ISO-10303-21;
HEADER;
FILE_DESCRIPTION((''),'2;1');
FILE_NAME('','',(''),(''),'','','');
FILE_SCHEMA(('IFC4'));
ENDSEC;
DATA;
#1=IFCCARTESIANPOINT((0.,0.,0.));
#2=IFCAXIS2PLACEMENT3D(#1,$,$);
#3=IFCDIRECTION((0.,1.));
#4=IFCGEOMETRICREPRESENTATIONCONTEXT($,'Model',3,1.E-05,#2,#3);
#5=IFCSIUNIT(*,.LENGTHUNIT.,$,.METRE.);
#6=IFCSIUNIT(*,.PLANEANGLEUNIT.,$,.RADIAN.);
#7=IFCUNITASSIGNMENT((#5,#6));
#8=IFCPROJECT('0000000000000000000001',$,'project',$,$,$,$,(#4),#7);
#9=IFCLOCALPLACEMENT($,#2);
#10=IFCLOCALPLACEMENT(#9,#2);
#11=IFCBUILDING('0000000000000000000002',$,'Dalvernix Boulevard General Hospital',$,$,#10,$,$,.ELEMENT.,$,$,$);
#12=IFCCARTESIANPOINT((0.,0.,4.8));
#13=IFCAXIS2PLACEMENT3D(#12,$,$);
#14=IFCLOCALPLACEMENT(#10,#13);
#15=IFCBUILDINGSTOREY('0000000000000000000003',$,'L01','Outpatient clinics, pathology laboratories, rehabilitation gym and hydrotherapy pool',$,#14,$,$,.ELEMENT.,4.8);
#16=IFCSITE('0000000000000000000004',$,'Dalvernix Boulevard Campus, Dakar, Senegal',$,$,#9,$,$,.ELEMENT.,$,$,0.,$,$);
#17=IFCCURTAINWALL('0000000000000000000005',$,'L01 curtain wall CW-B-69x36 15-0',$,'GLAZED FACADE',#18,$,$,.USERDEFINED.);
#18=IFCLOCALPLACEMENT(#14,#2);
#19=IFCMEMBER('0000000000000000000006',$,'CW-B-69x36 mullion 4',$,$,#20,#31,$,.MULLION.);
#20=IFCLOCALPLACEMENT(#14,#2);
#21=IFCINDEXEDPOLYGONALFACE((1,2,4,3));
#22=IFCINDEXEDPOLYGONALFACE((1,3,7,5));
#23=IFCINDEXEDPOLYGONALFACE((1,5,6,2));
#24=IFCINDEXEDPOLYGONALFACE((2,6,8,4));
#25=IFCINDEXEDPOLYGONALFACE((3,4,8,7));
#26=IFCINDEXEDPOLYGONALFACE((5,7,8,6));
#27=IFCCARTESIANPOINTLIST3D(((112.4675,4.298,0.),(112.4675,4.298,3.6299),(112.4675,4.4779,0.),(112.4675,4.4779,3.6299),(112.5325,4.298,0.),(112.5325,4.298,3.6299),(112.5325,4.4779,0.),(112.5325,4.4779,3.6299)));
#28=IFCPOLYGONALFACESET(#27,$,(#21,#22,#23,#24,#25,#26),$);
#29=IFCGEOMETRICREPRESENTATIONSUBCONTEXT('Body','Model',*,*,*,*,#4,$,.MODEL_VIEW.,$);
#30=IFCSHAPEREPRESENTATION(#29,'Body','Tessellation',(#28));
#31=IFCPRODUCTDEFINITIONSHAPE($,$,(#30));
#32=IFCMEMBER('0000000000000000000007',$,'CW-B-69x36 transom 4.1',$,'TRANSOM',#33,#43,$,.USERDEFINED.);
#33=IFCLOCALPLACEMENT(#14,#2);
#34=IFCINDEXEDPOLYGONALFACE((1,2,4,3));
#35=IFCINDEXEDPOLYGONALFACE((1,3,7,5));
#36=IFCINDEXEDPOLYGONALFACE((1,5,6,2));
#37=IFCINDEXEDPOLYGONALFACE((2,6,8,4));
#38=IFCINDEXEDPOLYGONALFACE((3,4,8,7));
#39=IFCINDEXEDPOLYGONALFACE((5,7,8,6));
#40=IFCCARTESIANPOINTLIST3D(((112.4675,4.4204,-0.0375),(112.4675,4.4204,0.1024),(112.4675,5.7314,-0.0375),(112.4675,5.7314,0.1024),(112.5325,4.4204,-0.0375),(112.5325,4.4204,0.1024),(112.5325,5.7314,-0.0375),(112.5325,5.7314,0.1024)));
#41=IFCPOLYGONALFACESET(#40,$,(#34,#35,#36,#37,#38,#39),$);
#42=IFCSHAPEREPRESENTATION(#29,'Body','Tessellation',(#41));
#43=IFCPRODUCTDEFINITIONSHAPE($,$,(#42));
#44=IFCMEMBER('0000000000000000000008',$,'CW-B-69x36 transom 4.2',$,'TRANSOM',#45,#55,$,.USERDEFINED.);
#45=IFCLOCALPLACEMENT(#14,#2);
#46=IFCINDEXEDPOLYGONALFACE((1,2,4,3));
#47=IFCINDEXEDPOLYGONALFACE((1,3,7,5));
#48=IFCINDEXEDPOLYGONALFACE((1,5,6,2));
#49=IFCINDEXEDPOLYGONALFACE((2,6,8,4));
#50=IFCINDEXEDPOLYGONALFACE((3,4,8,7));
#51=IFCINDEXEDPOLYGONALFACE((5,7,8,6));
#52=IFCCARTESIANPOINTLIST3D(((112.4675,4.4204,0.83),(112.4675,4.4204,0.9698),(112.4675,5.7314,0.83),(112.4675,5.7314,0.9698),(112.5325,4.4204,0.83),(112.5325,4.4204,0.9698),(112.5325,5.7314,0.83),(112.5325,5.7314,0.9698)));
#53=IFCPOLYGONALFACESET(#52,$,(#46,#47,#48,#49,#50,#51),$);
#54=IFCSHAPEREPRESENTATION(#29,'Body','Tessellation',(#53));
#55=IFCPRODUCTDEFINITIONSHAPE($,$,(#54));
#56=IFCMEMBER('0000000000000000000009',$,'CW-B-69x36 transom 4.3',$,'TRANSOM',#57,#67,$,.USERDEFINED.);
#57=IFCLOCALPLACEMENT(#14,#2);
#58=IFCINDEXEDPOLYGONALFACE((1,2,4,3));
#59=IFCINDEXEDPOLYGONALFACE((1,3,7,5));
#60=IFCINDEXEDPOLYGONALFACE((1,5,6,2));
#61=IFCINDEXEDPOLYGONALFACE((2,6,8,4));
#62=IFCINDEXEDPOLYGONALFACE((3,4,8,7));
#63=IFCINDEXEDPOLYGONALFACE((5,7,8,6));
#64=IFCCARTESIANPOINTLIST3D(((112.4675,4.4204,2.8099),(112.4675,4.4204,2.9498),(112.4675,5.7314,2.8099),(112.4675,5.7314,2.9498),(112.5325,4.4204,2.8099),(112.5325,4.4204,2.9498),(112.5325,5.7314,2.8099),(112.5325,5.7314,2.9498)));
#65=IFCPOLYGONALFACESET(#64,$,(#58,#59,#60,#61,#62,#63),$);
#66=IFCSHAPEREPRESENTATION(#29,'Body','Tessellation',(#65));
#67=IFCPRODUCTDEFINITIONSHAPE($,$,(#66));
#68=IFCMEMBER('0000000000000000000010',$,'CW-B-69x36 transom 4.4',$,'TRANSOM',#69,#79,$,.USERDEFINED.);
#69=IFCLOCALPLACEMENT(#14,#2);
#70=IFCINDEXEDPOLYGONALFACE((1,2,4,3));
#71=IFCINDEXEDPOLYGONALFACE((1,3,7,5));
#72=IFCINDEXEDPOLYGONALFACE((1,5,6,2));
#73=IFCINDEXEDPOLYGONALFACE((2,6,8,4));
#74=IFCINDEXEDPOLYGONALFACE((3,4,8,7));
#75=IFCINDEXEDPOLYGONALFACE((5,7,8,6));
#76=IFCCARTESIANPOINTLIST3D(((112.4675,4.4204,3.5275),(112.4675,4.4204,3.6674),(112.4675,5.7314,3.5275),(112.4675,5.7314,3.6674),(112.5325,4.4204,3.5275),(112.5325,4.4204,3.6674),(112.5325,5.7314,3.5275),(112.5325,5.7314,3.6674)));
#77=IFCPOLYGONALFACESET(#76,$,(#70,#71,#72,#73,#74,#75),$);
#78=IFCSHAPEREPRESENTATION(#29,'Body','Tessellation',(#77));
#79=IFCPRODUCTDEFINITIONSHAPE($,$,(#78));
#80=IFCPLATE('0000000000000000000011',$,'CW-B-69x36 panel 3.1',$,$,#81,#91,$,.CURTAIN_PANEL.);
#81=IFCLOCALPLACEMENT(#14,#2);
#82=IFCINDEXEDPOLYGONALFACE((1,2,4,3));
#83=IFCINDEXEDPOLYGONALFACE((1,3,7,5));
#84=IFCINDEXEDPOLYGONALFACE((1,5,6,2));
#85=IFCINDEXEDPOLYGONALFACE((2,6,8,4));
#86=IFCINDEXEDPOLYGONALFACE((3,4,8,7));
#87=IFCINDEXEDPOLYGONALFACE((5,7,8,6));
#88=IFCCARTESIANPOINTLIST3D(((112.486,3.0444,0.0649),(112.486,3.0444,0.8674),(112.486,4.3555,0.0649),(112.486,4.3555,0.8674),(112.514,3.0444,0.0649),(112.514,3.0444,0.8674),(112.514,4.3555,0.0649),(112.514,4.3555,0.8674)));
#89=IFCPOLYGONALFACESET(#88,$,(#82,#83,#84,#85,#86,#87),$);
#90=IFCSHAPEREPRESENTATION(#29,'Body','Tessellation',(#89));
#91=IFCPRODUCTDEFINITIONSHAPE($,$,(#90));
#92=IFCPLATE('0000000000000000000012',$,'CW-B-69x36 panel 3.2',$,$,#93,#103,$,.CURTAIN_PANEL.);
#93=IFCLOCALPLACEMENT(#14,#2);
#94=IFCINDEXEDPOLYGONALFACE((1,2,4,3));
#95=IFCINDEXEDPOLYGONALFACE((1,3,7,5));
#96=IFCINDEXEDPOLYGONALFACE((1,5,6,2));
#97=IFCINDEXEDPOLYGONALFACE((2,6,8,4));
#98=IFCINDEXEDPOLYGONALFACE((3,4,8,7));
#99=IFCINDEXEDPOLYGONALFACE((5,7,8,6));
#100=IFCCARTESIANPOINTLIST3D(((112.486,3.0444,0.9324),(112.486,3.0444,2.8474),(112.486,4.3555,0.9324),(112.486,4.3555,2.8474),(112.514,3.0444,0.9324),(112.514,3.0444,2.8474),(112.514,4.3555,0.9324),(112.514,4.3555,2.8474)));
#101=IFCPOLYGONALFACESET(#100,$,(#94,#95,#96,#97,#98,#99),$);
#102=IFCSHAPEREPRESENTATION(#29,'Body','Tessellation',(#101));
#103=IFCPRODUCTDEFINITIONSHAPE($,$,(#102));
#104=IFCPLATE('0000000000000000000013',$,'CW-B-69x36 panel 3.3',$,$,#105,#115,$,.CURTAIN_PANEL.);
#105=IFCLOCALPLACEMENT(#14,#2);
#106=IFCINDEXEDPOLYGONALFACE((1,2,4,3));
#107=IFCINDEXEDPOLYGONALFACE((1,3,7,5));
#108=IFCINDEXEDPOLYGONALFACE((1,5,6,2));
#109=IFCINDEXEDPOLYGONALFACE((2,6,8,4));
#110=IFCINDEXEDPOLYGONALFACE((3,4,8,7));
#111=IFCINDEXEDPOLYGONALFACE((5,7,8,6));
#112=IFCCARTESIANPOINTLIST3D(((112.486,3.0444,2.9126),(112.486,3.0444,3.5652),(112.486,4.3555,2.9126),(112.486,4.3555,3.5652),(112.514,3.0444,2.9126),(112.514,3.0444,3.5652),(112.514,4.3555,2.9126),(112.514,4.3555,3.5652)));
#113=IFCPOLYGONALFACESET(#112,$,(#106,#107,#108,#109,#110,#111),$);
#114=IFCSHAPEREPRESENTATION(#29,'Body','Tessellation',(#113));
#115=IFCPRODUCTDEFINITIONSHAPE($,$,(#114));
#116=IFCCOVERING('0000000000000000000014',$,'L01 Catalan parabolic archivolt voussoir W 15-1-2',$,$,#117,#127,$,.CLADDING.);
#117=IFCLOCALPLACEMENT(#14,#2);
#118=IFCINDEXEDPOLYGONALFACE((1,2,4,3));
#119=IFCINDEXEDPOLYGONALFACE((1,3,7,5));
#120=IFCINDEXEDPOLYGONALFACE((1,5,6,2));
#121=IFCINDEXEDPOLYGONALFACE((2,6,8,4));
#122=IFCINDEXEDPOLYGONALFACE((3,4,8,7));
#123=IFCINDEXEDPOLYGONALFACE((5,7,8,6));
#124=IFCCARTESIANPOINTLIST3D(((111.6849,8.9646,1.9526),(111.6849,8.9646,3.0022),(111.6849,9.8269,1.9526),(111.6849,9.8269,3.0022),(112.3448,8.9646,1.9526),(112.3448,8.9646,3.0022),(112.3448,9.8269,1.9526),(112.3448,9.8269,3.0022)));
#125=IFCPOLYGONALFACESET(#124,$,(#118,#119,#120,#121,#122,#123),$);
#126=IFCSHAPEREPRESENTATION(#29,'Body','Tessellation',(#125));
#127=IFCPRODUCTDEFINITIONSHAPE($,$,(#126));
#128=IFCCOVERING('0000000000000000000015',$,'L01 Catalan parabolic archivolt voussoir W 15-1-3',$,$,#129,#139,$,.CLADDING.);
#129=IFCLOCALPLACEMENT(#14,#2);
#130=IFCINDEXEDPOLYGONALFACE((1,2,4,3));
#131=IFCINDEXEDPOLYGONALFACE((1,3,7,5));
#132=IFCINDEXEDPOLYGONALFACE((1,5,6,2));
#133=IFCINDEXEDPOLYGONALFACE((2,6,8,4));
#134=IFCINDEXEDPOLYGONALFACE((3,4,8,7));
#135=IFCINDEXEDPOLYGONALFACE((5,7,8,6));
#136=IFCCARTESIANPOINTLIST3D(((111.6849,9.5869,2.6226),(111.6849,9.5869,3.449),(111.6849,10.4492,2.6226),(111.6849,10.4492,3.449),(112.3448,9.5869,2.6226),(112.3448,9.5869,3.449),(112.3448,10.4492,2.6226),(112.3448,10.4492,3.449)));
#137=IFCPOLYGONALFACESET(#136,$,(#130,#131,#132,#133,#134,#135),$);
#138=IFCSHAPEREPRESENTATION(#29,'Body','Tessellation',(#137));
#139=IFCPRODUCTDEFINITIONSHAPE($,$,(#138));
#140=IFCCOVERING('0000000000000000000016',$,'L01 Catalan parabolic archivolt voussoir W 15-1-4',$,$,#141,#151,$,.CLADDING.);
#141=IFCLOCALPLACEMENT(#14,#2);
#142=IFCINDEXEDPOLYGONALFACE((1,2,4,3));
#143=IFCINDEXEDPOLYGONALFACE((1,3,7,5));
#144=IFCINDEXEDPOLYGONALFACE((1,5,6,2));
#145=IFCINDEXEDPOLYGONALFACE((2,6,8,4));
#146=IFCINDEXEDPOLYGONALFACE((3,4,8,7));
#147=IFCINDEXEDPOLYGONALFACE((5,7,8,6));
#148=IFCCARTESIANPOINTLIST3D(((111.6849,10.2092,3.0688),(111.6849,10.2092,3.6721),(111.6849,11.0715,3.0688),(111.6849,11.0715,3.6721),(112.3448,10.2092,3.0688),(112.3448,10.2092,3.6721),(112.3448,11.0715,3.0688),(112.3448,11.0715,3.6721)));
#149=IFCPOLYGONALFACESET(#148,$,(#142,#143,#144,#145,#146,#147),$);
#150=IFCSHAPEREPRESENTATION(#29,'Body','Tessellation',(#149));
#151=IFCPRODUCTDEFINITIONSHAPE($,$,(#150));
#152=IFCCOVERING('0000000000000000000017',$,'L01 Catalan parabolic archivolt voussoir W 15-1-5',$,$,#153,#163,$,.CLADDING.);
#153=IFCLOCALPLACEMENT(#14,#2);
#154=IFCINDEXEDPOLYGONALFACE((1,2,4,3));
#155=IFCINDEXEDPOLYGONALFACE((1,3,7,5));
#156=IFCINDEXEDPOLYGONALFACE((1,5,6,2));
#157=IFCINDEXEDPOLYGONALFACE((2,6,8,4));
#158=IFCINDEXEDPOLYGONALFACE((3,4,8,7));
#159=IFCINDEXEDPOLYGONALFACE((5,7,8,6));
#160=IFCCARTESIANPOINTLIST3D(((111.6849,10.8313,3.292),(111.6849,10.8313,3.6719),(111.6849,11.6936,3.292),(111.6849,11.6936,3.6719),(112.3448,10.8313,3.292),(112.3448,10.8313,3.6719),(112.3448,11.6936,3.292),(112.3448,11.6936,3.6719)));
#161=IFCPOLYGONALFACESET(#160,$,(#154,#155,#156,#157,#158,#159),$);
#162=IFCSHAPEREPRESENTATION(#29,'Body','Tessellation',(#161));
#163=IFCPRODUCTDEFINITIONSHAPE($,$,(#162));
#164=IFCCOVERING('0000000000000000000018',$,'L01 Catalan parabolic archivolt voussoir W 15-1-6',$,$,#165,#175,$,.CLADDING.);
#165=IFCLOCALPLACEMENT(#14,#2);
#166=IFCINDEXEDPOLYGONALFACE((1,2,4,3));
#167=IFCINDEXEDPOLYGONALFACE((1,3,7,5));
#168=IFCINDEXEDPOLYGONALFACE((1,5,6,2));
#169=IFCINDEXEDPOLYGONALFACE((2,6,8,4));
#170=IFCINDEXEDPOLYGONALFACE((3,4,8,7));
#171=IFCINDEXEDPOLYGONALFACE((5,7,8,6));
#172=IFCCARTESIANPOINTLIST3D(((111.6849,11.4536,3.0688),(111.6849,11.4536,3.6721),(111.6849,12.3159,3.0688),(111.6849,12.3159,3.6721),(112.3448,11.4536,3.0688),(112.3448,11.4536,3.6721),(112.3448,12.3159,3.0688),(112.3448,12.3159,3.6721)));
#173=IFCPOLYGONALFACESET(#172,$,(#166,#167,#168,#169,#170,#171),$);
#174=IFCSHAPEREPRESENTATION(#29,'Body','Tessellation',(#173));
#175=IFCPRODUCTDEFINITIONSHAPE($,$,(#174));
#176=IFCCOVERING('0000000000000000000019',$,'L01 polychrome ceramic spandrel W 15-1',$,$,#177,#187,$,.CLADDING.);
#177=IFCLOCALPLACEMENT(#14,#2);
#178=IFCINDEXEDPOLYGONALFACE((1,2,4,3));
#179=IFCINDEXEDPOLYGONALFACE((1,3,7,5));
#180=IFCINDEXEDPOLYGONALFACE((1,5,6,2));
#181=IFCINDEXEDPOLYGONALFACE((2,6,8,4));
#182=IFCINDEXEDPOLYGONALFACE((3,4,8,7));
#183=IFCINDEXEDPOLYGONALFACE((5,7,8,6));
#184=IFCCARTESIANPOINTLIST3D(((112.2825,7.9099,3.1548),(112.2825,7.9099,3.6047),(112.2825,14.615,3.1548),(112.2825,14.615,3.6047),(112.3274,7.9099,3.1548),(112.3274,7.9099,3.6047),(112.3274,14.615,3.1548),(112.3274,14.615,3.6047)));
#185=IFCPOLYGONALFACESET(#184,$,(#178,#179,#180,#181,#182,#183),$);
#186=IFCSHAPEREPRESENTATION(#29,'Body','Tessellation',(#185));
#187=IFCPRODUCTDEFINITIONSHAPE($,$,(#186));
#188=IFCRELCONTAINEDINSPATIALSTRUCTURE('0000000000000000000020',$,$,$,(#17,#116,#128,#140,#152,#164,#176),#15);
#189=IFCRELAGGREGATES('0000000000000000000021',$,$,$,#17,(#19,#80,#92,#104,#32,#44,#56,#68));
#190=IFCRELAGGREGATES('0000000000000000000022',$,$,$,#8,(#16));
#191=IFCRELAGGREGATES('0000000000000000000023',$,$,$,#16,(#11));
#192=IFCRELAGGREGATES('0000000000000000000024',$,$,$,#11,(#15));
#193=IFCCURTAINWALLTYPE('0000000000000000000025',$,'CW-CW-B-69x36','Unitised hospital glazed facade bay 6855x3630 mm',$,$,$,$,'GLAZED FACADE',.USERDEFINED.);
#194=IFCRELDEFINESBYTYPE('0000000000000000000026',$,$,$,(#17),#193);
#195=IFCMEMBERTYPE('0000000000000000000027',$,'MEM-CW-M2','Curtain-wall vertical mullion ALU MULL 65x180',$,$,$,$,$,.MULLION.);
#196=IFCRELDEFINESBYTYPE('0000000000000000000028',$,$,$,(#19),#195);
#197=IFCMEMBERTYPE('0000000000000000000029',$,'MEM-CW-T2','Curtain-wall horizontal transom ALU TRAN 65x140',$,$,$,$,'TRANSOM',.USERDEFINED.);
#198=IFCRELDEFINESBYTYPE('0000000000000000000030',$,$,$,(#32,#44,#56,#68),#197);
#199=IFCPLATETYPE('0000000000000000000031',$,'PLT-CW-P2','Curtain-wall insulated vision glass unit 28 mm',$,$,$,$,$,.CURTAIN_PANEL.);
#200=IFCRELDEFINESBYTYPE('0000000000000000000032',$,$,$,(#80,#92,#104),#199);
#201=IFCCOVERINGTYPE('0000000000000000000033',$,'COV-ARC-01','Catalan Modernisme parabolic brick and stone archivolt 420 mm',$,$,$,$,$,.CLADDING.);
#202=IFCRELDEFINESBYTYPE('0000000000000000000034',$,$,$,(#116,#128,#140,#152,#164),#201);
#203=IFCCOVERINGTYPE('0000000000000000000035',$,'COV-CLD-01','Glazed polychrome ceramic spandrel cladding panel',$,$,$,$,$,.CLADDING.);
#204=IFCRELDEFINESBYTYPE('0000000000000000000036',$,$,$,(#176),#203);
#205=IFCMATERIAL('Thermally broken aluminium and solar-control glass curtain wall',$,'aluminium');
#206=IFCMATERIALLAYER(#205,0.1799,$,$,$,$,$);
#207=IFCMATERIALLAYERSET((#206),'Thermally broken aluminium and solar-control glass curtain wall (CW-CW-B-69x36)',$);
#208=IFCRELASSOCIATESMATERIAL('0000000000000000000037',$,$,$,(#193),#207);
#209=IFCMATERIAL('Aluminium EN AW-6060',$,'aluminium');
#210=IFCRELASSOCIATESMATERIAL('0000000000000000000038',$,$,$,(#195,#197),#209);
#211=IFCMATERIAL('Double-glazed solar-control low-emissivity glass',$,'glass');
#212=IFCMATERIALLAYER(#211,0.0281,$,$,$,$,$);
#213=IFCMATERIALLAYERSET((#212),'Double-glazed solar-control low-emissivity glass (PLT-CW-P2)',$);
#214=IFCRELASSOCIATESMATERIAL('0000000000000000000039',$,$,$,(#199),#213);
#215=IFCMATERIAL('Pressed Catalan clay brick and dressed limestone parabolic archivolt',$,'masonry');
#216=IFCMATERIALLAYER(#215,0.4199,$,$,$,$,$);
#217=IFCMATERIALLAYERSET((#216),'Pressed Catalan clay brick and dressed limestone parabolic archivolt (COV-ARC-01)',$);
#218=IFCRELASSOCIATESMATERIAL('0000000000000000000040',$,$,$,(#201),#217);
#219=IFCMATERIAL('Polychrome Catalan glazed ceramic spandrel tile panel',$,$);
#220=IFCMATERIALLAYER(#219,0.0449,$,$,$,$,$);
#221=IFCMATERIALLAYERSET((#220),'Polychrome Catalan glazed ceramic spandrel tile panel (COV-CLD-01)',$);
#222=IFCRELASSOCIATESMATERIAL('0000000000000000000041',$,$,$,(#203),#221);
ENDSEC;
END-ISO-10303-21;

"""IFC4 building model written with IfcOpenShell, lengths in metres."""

from ifc_helpers import new_model, si_unit, direction, frame, origin, origin_2d, place, context, subcontext, project, spatial, rectangle, extrude, material, layer, layer_set, material_profile, profile_set, type_object, element, aggregate, save


model = new_model("IFC4")

# Units and contexts
model_context = context("Model", 3, precision=1e-05, world=origin(), true_north=direction((0.0, 1.0)))
body_context = subcontext(model_context, "Body", "Model", "MODEL_VIEW")
ifc_project = project(units=[si_unit("LENGTHUNIT", "METRE"), si_unit("PLANEANGLEUNIT", "RADIAN")], contexts=[model_context])

# Site, building, storey
site_placement = place(None, origin())
site = spatial("IfcSite", under=ifc_project, at=site_placement, Name="Dalvernix Boulevard Campus, Dakar, Senegal", CompositionType="ELEMENT", RefElevation=0.0)
building_placement = place(site_placement, origin())
building = spatial("IfcBuilding", under=site, at=building_placement, Name="Dalvernix Boulevard General Hospital", CompositionType="ELEMENT")
storey_placement = place(building_placement, frame((0.0, 0.0, 4.8)))
storey = spatial("IfcBuildingStorey", under=building, at=storey_placement, Name="L01", Description="Outpatient clinics, pathology laboratories, rehabilitation gym and hydrotherapy pool", CompositionType="ELEMENT", Elevation=4.8)

# Curtain wall, members, plates
ifc_material_1 = material(Name="Thermally broken aluminium and solar-control glass curtain wall", Category="aluminium")
ifc_layer_1 = layer(ifc_material_1, 0.1799)
ifc_layer_set_1 = layer_set([ifc_layer_1], Name="Thermally broken aluminium and solar-control glass curtain wall (CW-CW-B-69x36)")
curtain_wall_type = type_object("IfcCurtainWallType", Name="CW-CW-B-69x36", Description="Unitised hospital glazed facade bay 6855x3630 mm", ElementType="GLAZED FACADE", PredefinedType="USERDEFINED", material=ifc_layer_set_1)
curtain_wall_placement = place(storey_placement, origin())
curtain_wall = element("IfcCurtainWall", 1, at=curtain_wall_placement, inside=storey, type_object=curtain_wall_type, Name="L01 curtain wall CW-B-69x36 15-0", ObjectType="GLAZED FACADE", PredefinedType="USERDEFINED")
ifc_material_2 = material(Name="Aluminium EN AW-6060", Category="aluminium")
ifc_material_profile_1 = material_profile(ifc_material_2, rectangle(XDim=0.0649, YDim=0.1799, at=origin_2d()), Name="ALU MULL 65x180")
ifc_profile_set_1 = profile_set([ifc_material_profile_1], Name="Aluminium EN AW-6060")
member_type_1 = type_object("IfcMemberType", Name="MEM-CW-M2", Description="Curtain-wall vertical mullion ALU MULL 65x180", PredefinedType="MULLION", material=ifc_profile_set_1)
member_1_placement = place(storey_placement, frame((112.5, 4.3879, 0.0), z_axis=(0.0, 0.0, 1.0), x_axis=(-1.0, 0.0, 0.0)))
member_1 = element("IfcMember", 2, at=member_1_placement, type_object=member_type_1, Name="CW-B-69x36 mullion 4", PredefinedType="MULLION", context=body_context, shape_type="SweptSolid", body=[
    extrude(rectangle(XDim=0.0649, YDim=0.1799, at=origin_2d()), origin(), (0.0, 0.0, 1.0), 3.6299),
])
ifc_material_profile_2 = material_profile(ifc_material_2, rectangle(XDim=0.0649, YDim=0.1399, at=origin_2d()), Name="ALU TRAN 65x140")
ifc_profile_set_2 = profile_set([ifc_material_profile_2], Name="Aluminium EN AW-6060")
member_type_2 = type_object("IfcMemberType", Name="MEM-CW-T2", Description="Curtain-wall horizontal transom ALU TRAN 65x140", ElementType="TRANSOM", PredefinedType="USERDEFINED", material=ifc_profile_set_2)
member_2_placement = place(storey_placement, frame((112.5, 4.4204, 0.0325), z_axis=(0.0, 1.0, 0.0), x_axis=(-1.0, 0.0, 0.0)))
member_2 = element("IfcMember", 3, at=member_2_placement, type_object=member_type_2, Name="CW-B-69x36 transom 4.1", ObjectType="TRANSOM", PredefinedType="USERDEFINED", context=body_context, shape_type="SweptSolid", body=[
    extrude(rectangle(XDim=0.0649, YDim=0.1399, at=origin_2d()), origin(), (0.0, 0.0, 1.0), 1.311),
])
member_3_placement = place(storey_placement, frame((112.5, 4.4204, 0.8999), z_axis=(0.0, 1.0, 0.0), x_axis=(-1.0, 0.0, 0.0)))
member_3 = element("IfcMember", 4, at=member_3_placement, type_object=member_type_2, Name="CW-B-69x36 transom 4.2", ObjectType="TRANSOM", PredefinedType="USERDEFINED", context=body_context, shape_type="SweptSolid", body=[
    extrude(rectangle(XDim=0.0649, YDim=0.1399, at=origin_2d()), origin(), (0.0, 0.0, 1.0), 1.311),
])
member_4_placement = place(storey_placement, frame((112.5, 4.4204, 2.8799), z_axis=(0.0, 1.0, 0.0), x_axis=(-1.0, 0.0, 0.0)))
member_4 = element("IfcMember", 5, at=member_4_placement, type_object=member_type_2, Name="CW-B-69x36 transom 4.3", ObjectType="TRANSOM", PredefinedType="USERDEFINED", context=body_context, shape_type="SweptSolid", body=[
    extrude(rectangle(XDim=0.0649, YDim=0.1399, at=origin_2d()), origin(), (0.0, 0.0, 1.0), 1.311),
])
member_5_placement = place(storey_placement, frame((112.5, 4.4204, 3.5974), z_axis=(0.0, 1.0, 0.0), x_axis=(-1.0, 0.0, 0.0)))
member_5 = element("IfcMember", 6, at=member_5_placement, type_object=member_type_2, Name="CW-B-69x36 transom 4.4", ObjectType="TRANSOM", PredefinedType="USERDEFINED", context=body_context, shape_type="SweptSolid", body=[
    extrude(rectangle(XDim=0.0649, YDim=0.1399, at=origin_2d()), origin(), (0.0, 0.0, 1.0), 1.311),
])
ifc_material_3 = material(Name="Double-glazed solar-control low-emissivity glass", Category="glass")
ifc_layer_2 = layer(ifc_material_3, 0.0281)
ifc_layer_set_2 = layer_set([ifc_layer_2], Name="Double-glazed solar-control low-emissivity glass (PLT-CW-P2)")
plate_type = type_object("IfcPlateType", Name="PLT-CW-P2", Description="Curtain-wall insulated vision glass unit 28 mm", PredefinedType="CURTAIN_PANEL", material=ifc_layer_set_2)
plate_1_placement = place(storey_placement, frame((112.5, 3.7, 0.0649), z_axis=(0.0, 0.0, 1.0), x_axis=(0.0, 1.0, 0.0)))
plate_1 = element("IfcPlate", 7, at=plate_1_placement, type_object=plate_type, Name="CW-B-69x36 panel 3.1", PredefinedType="CURTAIN_PANEL", context=body_context, shape_type="SweptSolid", body=[
    extrude(rectangle(XDim=1.311, YDim=0.0281, at=origin_2d()), origin(), (0.0, 0.0, 1.0), 0.8025),
])
plate_2_placement = place(storey_placement, frame((112.5, 3.7, 0.9324), z_axis=(0.0, 0.0, 1.0), x_axis=(0.0, 1.0, 0.0)))
plate_2 = element("IfcPlate", 8, at=plate_2_placement, type_object=plate_type, Name="CW-B-69x36 panel 3.2", PredefinedType="CURTAIN_PANEL", context=body_context, shape_type="SweptSolid", body=[
    extrude(rectangle(XDim=1.311, YDim=0.0281, at=origin_2d()), origin(), (0.0, 0.0, 1.0), 1.915),
])
plate_3_placement = place(storey_placement, frame((112.5, 3.7, 2.9126), z_axis=(0.0, 0.0, 1.0), x_axis=(0.0, 1.0, 0.0)))
plate_3 = element("IfcPlate", 9, at=plate_3_placement, type_object=plate_type, Name="CW-B-69x36 panel 3.3", PredefinedType="CURTAIN_PANEL", context=body_context, shape_type="SweptSolid", body=[
    extrude(rectangle(XDim=1.311, YDim=0.0281, at=origin_2d()), origin(), (0.0, 0.0, 1.0), 0.6526),
])
aggregate(curtain_wall, [member_1, plate_1, plate_2, plate_3, member_2, member_3, member_4, member_5])

# Coverings
ifc_material_4 = material(Name="Pressed Catalan clay brick and dressed limestone parabolic archivolt", Category="masonry")
ifc_layer_3 = layer(ifc_material_4, 0.4199)
ifc_layer_set_3 = layer_set([ifc_layer_3], Name="Pressed Catalan clay brick and dressed limestone parabolic archivolt (COV-ARC-01)")
covering_type_1 = type_object("IfcCoveringType", Name="COV-ARC-01", Description="Catalan Modernisme parabolic brick and stone archivolt 420 mm", PredefinedType="CLADDING", material=ifc_layer_set_3)
covering_1_placement = place(storey_placement, frame((112.0149, 9.3958, 1.9526), z_axis=(0.0, 0.0, 1.0), x_axis=(0.0, 1.0, 0.0)))
element("IfcCovering", 10, at=covering_1_placement, inside=storey, type_object=covering_type_1, Name="L01 Catalan parabolic archivolt voussoir W 15-1-2", PredefinedType="CLADDING", context=body_context, shape_type="SweptSolid", body=[
    extrude(rectangle(XDim=0.8623, YDim=0.6599, at=origin_2d()), origin(), (0.0, 0.0, 1.0), 1.0496),
])
covering_2_placement = place(storey_placement, frame((112.0149, 10.0181, 2.6226), z_axis=(0.0, 0.0, 1.0), x_axis=(0.0, 1.0, 0.0)))
element("IfcCovering", 11, at=covering_2_placement, inside=storey, type_object=covering_type_1, Name="L01 Catalan parabolic archivolt voussoir W 15-1-3", PredefinedType="CLADDING", context=body_context, shape_type="SweptSolid", body=[
    extrude(rectangle(XDim=0.8623, YDim=0.6599, at=origin_2d()), origin(), (0.0, 0.0, 1.0), 0.8264),
])
covering_3_placement = place(storey_placement, frame((112.0149, 10.6404, 3.0688), z_axis=(0.0, 0.0, 1.0), x_axis=(0.0, 1.0, 0.0)))
element("IfcCovering", 12, at=covering_3_placement, inside=storey, type_object=covering_type_1, Name="L01 Catalan parabolic archivolt voussoir W 15-1-4", PredefinedType="CLADDING", context=body_context, shape_type="SweptSolid", body=[
    extrude(rectangle(XDim=0.8623, YDim=0.6599, at=origin_2d()), origin(), (0.0, 0.0, 1.0), 0.6033),
])
covering_4_placement = place(storey_placement, frame((112.0149, 11.2625, 3.292), z_axis=(0.0, 0.0, 1.0), x_axis=(0.0, 1.0, 0.0)))
element("IfcCovering", 13, at=covering_4_placement, inside=storey, type_object=covering_type_1, Name="L01 Catalan parabolic archivolt voussoir W 15-1-5", PredefinedType="CLADDING", context=body_context, shape_type="SweptSolid", body=[
    extrude(rectangle(XDim=0.8623, YDim=0.6599, at=origin_2d()), origin(), (0.0, 0.0, 1.0), 0.3799),
])
covering_5_placement = place(storey_placement, frame((112.0149, 11.8848, 3.0688), z_axis=(0.0, 0.0, 1.0), x_axis=(0.0, 1.0, 0.0)))
element("IfcCovering", 14, at=covering_5_placement, inside=storey, type_object=covering_type_1, Name="L01 Catalan parabolic archivolt voussoir W 15-1-6", PredefinedType="CLADDING", context=body_context, shape_type="SweptSolid", body=[
    extrude(rectangle(XDim=0.8623, YDim=0.6599, at=origin_2d()), origin(), (0.0, 0.0, 1.0), 0.6033),
])
ifc_material_5 = material(Name="Polychrome Catalan glazed ceramic spandrel tile panel")
ifc_layer_4 = layer(ifc_material_5, 0.0449)
ifc_layer_set_4 = layer_set([ifc_layer_4], Name="Polychrome Catalan glazed ceramic spandrel tile panel (COV-CLD-01)")
covering_type_2 = type_object("IfcCoveringType", Name="COV-CLD-01", Description="Glazed polychrome ceramic spandrel cladding panel", PredefinedType="CLADDING", material=ifc_layer_set_4)
covering_6_placement = place(storey_placement, frame((112.3049, 11.2625, 3.1548), z_axis=(0.0, 0.0, 1.0), x_axis=(0.0, 1.0, 0.0)))
element("IfcCovering", 15, at=covering_6_placement, inside=storey, type_object=covering_type_2, Name="L01 polychrome ceramic spandrel W 15-1", PredefinedType="CLADDING", context=body_context, shape_type="SweptSolid", body=[
    extrude(rectangle(XDim=6.7051, YDim=0.0449, at=origin_2d()), origin(), (0.0, 0.0, 1.0), 0.45),
])

save(model, "model.ifc")
